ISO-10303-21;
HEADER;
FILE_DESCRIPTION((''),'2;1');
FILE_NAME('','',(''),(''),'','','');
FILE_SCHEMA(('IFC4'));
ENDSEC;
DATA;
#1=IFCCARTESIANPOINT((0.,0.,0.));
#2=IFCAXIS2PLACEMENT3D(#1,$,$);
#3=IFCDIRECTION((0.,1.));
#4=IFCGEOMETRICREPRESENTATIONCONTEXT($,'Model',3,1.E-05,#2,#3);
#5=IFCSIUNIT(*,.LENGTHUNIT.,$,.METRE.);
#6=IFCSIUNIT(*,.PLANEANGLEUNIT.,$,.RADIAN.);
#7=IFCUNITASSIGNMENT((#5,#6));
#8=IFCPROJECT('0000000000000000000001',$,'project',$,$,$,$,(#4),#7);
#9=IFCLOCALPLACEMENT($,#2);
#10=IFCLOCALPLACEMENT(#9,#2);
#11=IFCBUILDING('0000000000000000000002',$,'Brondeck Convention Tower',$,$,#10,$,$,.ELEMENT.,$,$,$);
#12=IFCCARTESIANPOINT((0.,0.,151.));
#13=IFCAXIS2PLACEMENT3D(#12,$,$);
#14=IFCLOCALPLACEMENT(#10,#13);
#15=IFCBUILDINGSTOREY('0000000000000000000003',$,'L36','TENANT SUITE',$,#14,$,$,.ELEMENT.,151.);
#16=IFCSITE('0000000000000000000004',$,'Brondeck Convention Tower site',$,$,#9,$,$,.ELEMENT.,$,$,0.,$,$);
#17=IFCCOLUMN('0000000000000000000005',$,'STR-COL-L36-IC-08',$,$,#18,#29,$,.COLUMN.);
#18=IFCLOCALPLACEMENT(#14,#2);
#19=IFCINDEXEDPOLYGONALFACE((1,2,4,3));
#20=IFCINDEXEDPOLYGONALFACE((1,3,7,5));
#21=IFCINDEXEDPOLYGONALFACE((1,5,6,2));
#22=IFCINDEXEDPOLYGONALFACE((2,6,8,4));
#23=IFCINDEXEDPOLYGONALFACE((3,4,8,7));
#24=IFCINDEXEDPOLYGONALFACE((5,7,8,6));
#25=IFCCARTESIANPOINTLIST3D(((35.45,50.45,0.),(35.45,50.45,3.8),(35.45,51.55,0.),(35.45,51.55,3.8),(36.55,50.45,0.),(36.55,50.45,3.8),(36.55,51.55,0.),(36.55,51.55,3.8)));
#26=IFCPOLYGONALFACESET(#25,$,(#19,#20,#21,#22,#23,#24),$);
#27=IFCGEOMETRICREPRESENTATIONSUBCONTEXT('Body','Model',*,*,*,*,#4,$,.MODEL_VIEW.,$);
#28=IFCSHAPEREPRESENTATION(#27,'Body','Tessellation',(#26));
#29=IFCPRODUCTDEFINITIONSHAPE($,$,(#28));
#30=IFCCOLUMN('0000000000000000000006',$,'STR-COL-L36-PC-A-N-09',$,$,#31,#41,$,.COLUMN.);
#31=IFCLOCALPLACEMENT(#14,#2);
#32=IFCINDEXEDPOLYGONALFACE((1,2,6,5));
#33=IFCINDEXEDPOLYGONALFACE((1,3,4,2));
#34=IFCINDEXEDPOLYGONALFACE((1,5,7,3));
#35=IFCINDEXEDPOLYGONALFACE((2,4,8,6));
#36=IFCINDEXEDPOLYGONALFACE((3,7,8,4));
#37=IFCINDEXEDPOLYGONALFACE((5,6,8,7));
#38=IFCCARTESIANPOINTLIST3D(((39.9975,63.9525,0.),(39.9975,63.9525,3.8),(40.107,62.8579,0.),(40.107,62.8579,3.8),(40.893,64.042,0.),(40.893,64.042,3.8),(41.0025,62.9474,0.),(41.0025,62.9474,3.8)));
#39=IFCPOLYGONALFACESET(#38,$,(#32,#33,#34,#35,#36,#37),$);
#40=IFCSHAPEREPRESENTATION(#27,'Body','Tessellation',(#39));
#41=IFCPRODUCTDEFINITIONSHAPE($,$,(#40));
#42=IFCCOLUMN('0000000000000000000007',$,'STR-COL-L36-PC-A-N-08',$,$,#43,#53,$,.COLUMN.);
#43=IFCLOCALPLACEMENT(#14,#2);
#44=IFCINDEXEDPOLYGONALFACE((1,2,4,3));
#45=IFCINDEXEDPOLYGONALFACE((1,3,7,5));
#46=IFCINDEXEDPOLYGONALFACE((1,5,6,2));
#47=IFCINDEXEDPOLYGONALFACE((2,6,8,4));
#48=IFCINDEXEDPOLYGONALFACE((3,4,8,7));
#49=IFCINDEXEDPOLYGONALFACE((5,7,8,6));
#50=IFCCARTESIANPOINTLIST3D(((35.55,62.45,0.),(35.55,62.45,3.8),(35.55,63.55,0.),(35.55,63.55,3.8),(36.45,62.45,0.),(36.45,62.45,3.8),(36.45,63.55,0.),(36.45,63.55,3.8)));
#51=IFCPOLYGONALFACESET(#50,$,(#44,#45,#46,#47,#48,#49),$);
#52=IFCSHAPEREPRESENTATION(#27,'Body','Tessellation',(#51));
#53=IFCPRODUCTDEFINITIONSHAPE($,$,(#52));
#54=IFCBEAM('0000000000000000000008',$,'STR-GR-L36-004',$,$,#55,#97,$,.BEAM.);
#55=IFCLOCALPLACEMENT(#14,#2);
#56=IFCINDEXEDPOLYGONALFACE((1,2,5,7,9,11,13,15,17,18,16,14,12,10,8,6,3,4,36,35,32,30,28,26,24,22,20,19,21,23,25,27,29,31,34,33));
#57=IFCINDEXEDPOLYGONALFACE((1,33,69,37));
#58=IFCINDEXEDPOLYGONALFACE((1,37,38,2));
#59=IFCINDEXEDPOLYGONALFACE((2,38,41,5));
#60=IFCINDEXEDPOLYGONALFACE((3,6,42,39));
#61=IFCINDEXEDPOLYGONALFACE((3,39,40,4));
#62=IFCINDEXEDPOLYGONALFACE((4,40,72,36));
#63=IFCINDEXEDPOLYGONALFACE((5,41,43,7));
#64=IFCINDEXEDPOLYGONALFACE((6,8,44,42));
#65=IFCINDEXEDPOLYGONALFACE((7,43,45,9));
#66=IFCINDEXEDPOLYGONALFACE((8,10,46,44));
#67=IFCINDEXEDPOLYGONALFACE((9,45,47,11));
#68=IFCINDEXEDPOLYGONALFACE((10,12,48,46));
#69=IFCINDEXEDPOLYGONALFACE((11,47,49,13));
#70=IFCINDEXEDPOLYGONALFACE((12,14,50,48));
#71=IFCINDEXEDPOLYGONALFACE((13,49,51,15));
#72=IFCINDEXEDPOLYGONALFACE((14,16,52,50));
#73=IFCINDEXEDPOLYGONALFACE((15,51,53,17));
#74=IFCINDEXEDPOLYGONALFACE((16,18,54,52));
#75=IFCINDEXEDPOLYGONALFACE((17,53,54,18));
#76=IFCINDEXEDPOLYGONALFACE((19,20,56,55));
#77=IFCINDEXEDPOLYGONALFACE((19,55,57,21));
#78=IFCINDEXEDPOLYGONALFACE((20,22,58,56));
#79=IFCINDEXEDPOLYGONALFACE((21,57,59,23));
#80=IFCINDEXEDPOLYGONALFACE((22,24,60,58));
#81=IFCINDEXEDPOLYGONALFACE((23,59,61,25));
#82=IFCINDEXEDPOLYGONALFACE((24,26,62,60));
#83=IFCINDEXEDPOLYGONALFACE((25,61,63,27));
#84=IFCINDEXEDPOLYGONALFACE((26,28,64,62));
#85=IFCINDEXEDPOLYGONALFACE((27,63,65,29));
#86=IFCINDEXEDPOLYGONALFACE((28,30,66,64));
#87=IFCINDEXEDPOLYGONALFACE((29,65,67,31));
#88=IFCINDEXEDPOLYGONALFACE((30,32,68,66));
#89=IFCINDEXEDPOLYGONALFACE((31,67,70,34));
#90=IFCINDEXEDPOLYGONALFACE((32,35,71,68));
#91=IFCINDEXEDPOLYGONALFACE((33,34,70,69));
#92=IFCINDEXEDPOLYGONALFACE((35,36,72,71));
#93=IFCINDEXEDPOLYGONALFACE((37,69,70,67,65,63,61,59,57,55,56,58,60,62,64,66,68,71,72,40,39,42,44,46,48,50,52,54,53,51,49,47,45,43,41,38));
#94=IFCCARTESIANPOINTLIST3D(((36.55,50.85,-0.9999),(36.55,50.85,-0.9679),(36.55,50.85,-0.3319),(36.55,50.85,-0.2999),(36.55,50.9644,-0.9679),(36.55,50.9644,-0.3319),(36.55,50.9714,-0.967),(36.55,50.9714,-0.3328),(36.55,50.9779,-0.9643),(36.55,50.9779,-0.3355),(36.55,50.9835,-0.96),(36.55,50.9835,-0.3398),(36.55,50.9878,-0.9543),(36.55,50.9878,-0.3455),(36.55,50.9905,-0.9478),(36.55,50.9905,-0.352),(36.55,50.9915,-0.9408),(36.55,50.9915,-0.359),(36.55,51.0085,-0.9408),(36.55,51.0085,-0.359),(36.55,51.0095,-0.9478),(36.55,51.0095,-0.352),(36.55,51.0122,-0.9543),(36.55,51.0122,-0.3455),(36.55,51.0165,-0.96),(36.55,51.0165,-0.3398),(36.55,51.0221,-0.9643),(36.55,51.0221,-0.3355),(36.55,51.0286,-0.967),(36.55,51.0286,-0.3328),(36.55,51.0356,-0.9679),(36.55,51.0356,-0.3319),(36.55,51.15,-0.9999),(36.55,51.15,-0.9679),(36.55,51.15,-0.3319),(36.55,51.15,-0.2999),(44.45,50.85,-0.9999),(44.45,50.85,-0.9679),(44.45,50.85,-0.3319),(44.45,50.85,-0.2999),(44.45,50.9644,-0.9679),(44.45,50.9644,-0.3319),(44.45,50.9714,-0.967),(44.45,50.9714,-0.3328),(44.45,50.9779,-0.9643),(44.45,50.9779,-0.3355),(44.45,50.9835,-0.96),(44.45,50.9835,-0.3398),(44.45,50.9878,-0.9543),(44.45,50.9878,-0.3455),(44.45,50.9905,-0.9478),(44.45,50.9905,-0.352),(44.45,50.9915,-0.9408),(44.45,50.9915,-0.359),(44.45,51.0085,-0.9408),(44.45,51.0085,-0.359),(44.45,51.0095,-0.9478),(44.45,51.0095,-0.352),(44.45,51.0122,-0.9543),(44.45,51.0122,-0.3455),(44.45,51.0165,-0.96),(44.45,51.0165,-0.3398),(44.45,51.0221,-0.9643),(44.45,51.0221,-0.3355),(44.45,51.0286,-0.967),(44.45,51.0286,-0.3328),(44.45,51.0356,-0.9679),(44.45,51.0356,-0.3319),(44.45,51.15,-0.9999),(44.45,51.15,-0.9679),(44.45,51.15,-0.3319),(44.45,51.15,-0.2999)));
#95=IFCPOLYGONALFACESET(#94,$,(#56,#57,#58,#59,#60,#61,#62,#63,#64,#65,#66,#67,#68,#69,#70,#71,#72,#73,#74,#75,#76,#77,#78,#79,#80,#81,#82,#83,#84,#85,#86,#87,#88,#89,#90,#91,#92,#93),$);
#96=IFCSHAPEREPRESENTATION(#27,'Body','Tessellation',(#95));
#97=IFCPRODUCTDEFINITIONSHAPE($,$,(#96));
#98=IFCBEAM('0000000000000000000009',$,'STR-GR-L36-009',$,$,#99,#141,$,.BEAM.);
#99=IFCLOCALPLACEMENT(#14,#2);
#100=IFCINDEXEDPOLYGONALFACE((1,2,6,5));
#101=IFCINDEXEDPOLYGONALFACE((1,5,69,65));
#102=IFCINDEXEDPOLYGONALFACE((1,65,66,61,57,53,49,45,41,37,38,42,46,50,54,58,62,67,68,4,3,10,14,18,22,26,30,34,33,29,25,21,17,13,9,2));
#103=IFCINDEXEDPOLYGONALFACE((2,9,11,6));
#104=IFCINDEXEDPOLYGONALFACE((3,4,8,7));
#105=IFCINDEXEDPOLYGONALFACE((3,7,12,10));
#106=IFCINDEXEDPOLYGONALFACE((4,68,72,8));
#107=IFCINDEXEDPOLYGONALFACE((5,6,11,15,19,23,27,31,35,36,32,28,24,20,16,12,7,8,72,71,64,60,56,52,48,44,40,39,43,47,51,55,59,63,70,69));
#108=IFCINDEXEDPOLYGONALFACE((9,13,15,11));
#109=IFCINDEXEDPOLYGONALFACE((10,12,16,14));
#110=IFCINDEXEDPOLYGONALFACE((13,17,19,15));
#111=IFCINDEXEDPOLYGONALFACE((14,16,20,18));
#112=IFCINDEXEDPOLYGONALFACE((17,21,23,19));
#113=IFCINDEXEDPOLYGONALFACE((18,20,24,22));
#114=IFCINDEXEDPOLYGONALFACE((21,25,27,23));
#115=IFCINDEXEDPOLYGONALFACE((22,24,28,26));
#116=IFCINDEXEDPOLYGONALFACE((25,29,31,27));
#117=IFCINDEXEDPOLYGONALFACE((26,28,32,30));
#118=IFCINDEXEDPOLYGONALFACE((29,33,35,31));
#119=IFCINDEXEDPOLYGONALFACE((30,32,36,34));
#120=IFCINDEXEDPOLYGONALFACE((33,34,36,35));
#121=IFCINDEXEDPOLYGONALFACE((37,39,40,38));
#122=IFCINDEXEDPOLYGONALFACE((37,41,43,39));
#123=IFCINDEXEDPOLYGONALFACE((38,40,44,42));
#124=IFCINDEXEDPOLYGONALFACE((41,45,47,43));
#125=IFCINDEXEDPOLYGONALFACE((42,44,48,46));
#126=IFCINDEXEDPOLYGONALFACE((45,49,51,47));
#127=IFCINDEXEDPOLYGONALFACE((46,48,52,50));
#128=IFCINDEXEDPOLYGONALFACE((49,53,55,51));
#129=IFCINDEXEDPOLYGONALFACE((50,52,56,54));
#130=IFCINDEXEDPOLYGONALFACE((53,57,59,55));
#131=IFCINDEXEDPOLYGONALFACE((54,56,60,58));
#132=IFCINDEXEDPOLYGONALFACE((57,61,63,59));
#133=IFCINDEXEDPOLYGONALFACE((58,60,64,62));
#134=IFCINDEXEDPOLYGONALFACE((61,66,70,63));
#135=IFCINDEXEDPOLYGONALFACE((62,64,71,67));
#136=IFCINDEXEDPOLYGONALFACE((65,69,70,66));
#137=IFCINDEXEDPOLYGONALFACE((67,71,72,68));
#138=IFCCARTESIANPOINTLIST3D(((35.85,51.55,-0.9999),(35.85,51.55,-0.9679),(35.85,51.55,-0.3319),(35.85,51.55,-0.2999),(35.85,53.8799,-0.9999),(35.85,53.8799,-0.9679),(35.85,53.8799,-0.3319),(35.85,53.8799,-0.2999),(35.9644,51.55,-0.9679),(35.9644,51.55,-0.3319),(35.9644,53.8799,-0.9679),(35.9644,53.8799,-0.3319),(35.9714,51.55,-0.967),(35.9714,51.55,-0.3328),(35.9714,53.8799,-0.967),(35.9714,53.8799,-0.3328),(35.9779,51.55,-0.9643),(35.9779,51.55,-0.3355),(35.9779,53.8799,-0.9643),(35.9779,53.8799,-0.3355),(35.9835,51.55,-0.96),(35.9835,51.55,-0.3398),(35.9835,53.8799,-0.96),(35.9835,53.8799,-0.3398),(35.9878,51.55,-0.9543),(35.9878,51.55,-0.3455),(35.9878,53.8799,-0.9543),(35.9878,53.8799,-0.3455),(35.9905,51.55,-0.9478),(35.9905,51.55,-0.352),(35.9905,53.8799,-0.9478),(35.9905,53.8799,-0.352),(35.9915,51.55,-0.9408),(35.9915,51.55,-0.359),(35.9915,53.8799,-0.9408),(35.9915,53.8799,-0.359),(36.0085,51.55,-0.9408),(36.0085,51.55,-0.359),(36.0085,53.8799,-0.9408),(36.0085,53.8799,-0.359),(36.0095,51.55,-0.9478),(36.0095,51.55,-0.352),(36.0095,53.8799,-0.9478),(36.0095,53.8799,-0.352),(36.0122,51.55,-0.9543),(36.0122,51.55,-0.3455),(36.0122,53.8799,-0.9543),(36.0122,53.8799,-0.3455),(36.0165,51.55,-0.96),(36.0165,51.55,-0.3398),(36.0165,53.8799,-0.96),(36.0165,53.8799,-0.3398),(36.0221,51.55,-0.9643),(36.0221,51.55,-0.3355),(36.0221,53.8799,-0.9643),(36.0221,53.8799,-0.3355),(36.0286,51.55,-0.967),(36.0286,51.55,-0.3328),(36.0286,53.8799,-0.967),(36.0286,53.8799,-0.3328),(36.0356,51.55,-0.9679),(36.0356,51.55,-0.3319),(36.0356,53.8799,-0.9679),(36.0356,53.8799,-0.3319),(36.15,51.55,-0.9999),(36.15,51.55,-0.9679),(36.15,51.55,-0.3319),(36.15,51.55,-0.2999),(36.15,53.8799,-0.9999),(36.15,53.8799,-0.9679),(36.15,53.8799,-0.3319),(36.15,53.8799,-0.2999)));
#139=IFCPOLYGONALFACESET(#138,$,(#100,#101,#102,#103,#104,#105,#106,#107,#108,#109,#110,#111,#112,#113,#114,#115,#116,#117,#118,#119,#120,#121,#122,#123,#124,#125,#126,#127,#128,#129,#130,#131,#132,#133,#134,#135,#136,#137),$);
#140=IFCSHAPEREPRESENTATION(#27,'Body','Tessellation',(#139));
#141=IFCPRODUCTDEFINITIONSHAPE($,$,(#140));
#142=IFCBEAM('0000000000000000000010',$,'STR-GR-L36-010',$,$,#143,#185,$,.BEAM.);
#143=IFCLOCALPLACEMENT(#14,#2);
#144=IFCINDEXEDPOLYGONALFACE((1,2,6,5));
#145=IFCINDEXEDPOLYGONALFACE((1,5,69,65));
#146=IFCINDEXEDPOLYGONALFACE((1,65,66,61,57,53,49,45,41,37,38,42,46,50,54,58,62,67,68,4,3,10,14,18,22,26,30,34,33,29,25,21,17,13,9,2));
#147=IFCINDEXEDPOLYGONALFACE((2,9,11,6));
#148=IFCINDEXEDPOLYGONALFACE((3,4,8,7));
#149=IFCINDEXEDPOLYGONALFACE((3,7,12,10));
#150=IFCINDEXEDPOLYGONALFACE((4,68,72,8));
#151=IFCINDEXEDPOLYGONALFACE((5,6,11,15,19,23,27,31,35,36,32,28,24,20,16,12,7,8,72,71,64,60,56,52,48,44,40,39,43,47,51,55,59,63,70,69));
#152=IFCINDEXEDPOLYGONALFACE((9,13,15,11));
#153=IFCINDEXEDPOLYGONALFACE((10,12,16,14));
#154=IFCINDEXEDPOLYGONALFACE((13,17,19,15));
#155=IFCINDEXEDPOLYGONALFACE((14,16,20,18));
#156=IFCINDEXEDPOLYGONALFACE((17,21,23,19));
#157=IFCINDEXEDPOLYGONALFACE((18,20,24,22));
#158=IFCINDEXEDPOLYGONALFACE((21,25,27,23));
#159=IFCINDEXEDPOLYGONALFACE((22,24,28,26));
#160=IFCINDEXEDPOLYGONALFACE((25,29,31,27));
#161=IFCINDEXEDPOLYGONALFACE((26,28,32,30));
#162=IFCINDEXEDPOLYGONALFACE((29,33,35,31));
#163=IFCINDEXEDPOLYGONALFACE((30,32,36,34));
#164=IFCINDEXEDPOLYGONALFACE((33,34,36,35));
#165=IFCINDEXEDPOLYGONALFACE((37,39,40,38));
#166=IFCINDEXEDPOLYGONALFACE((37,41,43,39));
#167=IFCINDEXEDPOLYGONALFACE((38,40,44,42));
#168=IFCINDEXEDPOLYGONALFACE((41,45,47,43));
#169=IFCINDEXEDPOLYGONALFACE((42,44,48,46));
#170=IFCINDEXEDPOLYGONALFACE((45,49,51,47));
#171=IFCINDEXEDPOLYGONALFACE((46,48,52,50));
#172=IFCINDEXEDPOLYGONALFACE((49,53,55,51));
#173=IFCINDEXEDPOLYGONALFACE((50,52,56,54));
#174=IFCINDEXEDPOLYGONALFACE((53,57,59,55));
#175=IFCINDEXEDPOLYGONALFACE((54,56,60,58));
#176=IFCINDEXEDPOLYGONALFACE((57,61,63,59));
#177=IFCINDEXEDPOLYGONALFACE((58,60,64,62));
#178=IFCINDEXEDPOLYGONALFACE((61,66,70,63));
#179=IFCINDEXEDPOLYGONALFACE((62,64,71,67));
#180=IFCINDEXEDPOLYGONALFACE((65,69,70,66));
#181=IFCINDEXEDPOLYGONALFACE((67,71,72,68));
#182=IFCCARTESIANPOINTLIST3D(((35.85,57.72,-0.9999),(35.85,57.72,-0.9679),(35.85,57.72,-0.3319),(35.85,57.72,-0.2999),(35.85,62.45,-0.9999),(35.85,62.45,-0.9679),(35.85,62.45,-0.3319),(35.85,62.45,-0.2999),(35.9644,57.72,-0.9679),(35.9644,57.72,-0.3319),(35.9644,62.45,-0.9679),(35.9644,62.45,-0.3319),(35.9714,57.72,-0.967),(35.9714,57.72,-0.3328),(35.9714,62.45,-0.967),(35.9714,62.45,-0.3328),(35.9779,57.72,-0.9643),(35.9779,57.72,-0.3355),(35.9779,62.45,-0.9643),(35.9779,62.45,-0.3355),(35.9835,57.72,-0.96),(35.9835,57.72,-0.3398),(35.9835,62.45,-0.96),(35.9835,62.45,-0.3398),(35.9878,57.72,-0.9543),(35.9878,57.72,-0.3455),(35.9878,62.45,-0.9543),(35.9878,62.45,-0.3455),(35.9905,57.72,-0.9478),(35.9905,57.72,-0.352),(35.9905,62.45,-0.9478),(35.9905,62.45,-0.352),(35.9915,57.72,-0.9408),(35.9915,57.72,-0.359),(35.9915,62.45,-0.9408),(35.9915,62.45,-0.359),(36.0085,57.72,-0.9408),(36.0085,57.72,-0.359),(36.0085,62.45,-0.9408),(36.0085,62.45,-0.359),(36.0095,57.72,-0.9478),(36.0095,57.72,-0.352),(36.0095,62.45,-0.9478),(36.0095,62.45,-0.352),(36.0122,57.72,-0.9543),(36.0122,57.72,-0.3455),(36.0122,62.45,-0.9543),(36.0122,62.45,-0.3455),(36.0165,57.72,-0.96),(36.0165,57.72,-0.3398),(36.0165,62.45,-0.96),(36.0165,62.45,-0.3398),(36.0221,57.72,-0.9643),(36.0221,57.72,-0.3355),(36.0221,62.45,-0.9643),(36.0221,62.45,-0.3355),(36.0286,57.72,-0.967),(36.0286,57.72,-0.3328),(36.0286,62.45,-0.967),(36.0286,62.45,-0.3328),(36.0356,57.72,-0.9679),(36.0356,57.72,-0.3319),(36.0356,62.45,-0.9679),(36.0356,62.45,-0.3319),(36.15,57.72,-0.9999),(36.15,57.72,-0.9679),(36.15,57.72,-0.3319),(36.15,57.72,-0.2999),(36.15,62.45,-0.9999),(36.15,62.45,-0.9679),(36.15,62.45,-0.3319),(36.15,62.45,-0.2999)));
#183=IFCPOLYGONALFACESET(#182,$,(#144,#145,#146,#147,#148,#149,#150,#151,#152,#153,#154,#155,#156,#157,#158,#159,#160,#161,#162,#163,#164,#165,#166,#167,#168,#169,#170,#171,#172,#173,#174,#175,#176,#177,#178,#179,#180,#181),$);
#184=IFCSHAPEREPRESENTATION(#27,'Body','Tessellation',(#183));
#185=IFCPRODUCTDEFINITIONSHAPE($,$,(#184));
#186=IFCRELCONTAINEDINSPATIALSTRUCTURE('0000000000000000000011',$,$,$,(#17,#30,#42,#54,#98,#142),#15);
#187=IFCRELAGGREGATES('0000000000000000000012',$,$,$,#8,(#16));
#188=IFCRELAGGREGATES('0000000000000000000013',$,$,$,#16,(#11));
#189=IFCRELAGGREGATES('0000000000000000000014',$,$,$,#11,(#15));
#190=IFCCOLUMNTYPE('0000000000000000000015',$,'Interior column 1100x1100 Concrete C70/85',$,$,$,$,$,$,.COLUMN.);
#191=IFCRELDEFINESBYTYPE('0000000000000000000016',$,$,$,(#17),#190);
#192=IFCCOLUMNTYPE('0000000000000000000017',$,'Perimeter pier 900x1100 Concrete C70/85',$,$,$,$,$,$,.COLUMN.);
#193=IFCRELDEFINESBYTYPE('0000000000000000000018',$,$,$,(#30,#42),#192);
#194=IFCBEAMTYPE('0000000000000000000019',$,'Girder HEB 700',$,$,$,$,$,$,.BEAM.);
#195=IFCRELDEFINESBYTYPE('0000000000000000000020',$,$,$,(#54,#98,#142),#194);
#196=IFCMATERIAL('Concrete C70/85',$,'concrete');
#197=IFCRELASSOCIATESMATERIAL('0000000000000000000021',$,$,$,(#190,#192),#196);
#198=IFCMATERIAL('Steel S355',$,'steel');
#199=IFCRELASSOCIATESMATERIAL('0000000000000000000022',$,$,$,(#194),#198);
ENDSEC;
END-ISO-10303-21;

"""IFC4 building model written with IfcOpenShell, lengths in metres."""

from ifc_helpers import new_model, si_unit, direction, frame, origin, origin_2d, place, context, subcontext, project, spatial, rectangle, i_section, extrude, material, material_profile, profile_set, type_object, element, save


model = new_model("IFC4")

# Units and contexts
model_context = context("Model", 3, precision=1e-05, world=origin(), true_north=direction((0.0, 1.0)))
body_context = subcontext(model_context, "Body", "Model", "MODEL_VIEW")
ifc_project = project(units=[si_unit("LENGTHUNIT", "METRE"), si_unit("PLANEANGLEUNIT", "RADIAN")], contexts=[model_context])

# Site, building, storey
site_placement = place(None, origin())
site = spatial("IfcSite", under=ifc_project, at=site_placement, Name="Brondeck Convention Tower site", CompositionType="ELEMENT", RefElevation=0.0)
building_placement = place(site_placement, origin())
building = spatial("IfcBuilding", under=site, at=building_placement, Name="Brondeck Convention Tower", CompositionType="ELEMENT")
storey_placement = place(building_placement, frame((0.0, 0.0, 151.0)))
storey = spatial("IfcBuildingStorey", under=building, at=storey_placement, Name="L36", Description="TENANT SUITE", CompositionType="ELEMENT", Elevation=151.0)

# Columns
ifc_material_1 = material(Name="Concrete C70/85", Category="concrete")
ifc_material_profile_1 = material_profile(ifc_material_1, rectangle(XDim=1.1001, YDim=1.1001, at=origin_2d()), Name="Interior column 1100x1100 Concrete C70/85")
ifc_profile_set_1 = profile_set([ifc_material_profile_1], Name="Concrete C70/85")
column_type_1 = type_object("IfcColumnType", Name="Interior column 1100x1100 Concrete C70/85", PredefinedType="COLUMN", material=ifc_profile_set_1)
column_placement = place(storey_placement, frame((36.0, 51.0, 0.0), z_axis=(0.0, 0.0, 1.0), x_axis=(1.0, 0.0, 0.0)))
element("IfcColumn", 1, at=column_placement, inside=storey, type_object=column_type_1, Name="STR-COL-L36-IC-08", PredefinedType="COLUMN", context=body_context, shape_type="SweptSolid", body=[
    extrude(rectangle(XDim=1.1001, YDim=1.1001, at=origin_2d()), origin(), (0.0, 0.0, 1.0), 3.8),
])
ifc_material_profile_2 = material_profile(ifc_material_1, rectangle(XDim=0.8999, YDim=1.1001, at=origin_2d()), Name="Perimeter pier 900x1100 Concrete C70/85")
ifc_profile_set_2 = profile_set([ifc_material_profile_2], Name="Concrete C70/85")
column_type_2 = type_object("IfcColumnType", Name="Perimeter pier 900x1100 Concrete C70/85", PredefinedType="COLUMN", material=ifc_profile_set_2)
for number, where, z_axis, x_axis, name in (
    (2, (40.5, 63.45, 0.0), (0.0, 0.0, 1.0), (-0.995037, -0.099504, 0.0), "STR-COL-L36-PC-A-N-09"),
    (3, (36.0, 63.0, 0.0), (0.0, 0.0, 1.0), (-1.0, 0.0, 0.0), "STR-COL-L36-PC-A-N-08"),
):
    element("IfcColumn", number, at=place(storey_placement, frame(where, z_axis=z_axis, x_axis=x_axis)), inside=storey, type_object=column_type_2, Name=name, PredefinedType="COLUMN", context=body_context, shape_type="SweptSolid", body=[
        extrude(rectangle(XDim=0.8999, YDim=1.1001, at=origin_2d()), origin(), (0.0, 0.0, 1.0), 3.8),
    ])

# Beams
ifc_material_2 = material(Name="Steel S355", Category="steel")
ifc_material_profile_3 = material_profile(ifc_material_2, i_section(OverallWidth=0.3, OverallDepth=0.7, WebThickness=0.0171, FlangeThickness=0.032, FilletRadius=0.0271, at=origin_2d()), Name="HEB 700")
ifc_profile_set_3 = profile_set([ifc_material_profile_3], Name="Steel S355")
beam_type_1 = type_object("IfcBeamType", Name="Girder HEB 700", PredefinedType="BEAM", material=ifc_profile_set_3)
beam_1_placement = place(storey_placement, frame((36.55, 51.0, -0.6499), z_axis=(1.0, 0.0, 0.0), x_axis=(0.0, 1.0, 0.0)))
element("IfcBeam", 4, at=beam_1_placement, inside=storey, type_object=beam_type_1, Name="STR-GR-L36-004", PredefinedType="BEAM", context=body_context, shape_type="SweptSolid", body=[
    extrude(i_section(OverallWidth=0.3, OverallDepth=0.7, WebThickness=0.0171, FlangeThickness=0.032, FilletRadius=0.0271, at=origin_2d()), origin(), (0.0, 0.0, 1.0), 7.8999),
])
beam_2_placement = place(storey_placement, frame((36.0, 51.55, -0.6499), z_axis=(0.0, 1.0, 0.0), x_axis=(-1.0, 0.0, 0.0)))
element("IfcBeam", 5, at=beam_2_placement, inside=storey, type_object=beam_type_1, Name="STR-GR-L36-009", PredefinedType="BEAM", context=body_context, shape_type="SweptSolid", body=[
    extrude(i_section(OverallWidth=0.3, OverallDepth=0.7, WebThickness=0.0171, FlangeThickness=0.032, FilletRadius=0.0271, at=origin_2d()), origin(), (0.0, 0.0, 1.0), 2.3298),
])
beam_3_placement = place(storey_placement, frame((36.0, 57.72, -0.6499), z_axis=(0.0, 1.0, 0.0), x_axis=(-1.0, 0.0, 0.0)))
element("IfcBeam", 6, at=beam_3_placement, inside=storey, type_object=beam_type_1, Name="STR-GR-L36-010", PredefinedType="BEAM", context=body_context, shape_type="SweptSolid", body=[
    extrude(i_section(OverallWidth=0.3, OverallDepth=0.7, WebThickness=0.0171, FlangeThickness=0.032, FilletRadius=0.0271, at=origin_2d()), origin(), (0.0, 0.0, 1.0), 4.73),
])

save(model, "model.ifc")
